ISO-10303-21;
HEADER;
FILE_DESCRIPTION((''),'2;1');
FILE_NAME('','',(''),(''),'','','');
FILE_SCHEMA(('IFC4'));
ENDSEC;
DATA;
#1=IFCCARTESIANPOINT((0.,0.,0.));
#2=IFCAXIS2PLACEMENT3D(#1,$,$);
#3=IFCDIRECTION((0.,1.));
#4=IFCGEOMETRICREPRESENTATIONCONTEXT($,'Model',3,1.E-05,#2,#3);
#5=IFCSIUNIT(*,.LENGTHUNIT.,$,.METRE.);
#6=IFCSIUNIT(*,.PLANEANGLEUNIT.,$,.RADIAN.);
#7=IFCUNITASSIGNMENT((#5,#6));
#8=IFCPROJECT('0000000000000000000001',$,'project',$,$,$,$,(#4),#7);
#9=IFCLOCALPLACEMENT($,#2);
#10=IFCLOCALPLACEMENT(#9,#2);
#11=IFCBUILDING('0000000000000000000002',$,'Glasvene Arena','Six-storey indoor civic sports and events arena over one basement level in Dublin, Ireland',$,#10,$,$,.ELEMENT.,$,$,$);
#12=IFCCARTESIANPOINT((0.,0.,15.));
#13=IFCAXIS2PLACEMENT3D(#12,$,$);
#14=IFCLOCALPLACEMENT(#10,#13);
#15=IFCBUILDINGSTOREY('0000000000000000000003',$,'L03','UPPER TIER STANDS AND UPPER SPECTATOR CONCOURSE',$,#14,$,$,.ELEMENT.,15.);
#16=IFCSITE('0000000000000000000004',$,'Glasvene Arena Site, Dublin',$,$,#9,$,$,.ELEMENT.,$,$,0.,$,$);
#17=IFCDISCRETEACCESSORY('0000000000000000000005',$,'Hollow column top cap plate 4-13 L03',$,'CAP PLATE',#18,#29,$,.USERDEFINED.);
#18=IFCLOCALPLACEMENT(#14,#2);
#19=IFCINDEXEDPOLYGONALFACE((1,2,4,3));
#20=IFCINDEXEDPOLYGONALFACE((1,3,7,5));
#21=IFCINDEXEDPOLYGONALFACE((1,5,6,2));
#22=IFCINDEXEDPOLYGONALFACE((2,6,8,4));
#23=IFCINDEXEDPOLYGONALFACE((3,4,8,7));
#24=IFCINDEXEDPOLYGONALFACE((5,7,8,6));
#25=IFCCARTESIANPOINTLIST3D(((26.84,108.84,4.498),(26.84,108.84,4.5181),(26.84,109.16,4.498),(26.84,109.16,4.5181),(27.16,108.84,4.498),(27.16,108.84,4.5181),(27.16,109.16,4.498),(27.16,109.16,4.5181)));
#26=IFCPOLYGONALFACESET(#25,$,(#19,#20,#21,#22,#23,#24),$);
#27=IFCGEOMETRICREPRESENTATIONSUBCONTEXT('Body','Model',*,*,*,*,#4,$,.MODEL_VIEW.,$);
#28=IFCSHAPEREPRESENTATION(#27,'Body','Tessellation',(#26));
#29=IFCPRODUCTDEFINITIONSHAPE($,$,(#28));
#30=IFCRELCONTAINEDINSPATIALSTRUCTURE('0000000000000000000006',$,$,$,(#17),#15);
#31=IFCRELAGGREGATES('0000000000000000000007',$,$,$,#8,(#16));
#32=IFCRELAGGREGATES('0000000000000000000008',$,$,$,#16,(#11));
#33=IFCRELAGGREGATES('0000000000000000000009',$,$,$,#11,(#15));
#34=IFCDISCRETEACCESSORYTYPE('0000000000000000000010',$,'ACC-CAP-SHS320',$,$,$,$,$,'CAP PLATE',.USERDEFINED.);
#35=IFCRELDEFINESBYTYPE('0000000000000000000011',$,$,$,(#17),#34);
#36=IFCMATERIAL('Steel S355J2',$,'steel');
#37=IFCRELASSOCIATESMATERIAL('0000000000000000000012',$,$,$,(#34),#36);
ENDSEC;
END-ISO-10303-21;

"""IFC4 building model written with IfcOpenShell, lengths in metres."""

from ifc_helpers import new_model, si_unit, direction, frame, origin, origin_2d, place, context, subcontext, project, spatial, rectangle, extrude, material, type_object, element, save


model = new_model("IFC4")

# Units and contexts
model_context = context("Model", 3, precision=1e-05, world=origin(), true_north=direction((0.0, 1.0)))
body_context = subcontext(model_context, "Body", "Model", "MODEL_VIEW")
ifc_project = project(units=[si_unit("LENGTHUNIT", "METRE"), si_unit("PLANEANGLEUNIT", "RADIAN")], contexts=[model_context])

# Site, building, storey
site_placement = place(None, origin())
site = spatial("IfcSite", under=ifc_project, at=site_placement, Name="Glasvene Arena Site, Dublin", CompositionType="ELEMENT", RefElevation=0.0)
building_placement = place(site_placement, origin())
building = spatial("IfcBuilding", under=site, at=building_placement, Name="Glasvene Arena", Description="Six-storey indoor civic sports and events arena over one basement level in Dublin, Ireland", CompositionType="ELEMENT")
storey_placement = place(building_placement, frame((0.0, 0.0, 15.0)))
storey = spatial("IfcBuildingStorey", under=building, at=storey_placement, Name="L03", Description="UPPER TIER STANDS AND UPPER SPECTATOR CONCOURSE", CompositionType="ELEMENT", Elevation=15.0)

# Shared definitions
ifc_material_1 = material(Name="Steel S355J2", Category="steel")

# Discrete accessory
discrete_accessory_type = type_object("IfcDiscreteAccessoryType", Name="ACC-CAP-SHS320", ElementType="CAP PLATE", PredefinedType="USERDEFINED", material=ifc_material_1)
for number, where, z_axis, x_axis, name in (
    (1, (27.0, 109.0, 4.498), (0.0, 0.0, 1.0), (1.0, 0.0, 0.0), "Hollow column top cap plate 4-13 L03"),
):
    element("IfcDiscreteAccessory", number, at=place(storey_placement, frame(where, z_axis=z_axis, x_axis=x_axis)), inside=storey, type_object=discrete_accessory_type, Name=name, ObjectType="CAP PLATE", PredefinedType="USERDEFINED", context=body_context, shape_type="SweptSolid", body=[
        extrude(rectangle(XDim=0.3201, YDim=0.3201, at=origin_2d()), origin(), (0.0, 0.0, 1.0), 0.02),
    ])

save(model, "model.ifc")
